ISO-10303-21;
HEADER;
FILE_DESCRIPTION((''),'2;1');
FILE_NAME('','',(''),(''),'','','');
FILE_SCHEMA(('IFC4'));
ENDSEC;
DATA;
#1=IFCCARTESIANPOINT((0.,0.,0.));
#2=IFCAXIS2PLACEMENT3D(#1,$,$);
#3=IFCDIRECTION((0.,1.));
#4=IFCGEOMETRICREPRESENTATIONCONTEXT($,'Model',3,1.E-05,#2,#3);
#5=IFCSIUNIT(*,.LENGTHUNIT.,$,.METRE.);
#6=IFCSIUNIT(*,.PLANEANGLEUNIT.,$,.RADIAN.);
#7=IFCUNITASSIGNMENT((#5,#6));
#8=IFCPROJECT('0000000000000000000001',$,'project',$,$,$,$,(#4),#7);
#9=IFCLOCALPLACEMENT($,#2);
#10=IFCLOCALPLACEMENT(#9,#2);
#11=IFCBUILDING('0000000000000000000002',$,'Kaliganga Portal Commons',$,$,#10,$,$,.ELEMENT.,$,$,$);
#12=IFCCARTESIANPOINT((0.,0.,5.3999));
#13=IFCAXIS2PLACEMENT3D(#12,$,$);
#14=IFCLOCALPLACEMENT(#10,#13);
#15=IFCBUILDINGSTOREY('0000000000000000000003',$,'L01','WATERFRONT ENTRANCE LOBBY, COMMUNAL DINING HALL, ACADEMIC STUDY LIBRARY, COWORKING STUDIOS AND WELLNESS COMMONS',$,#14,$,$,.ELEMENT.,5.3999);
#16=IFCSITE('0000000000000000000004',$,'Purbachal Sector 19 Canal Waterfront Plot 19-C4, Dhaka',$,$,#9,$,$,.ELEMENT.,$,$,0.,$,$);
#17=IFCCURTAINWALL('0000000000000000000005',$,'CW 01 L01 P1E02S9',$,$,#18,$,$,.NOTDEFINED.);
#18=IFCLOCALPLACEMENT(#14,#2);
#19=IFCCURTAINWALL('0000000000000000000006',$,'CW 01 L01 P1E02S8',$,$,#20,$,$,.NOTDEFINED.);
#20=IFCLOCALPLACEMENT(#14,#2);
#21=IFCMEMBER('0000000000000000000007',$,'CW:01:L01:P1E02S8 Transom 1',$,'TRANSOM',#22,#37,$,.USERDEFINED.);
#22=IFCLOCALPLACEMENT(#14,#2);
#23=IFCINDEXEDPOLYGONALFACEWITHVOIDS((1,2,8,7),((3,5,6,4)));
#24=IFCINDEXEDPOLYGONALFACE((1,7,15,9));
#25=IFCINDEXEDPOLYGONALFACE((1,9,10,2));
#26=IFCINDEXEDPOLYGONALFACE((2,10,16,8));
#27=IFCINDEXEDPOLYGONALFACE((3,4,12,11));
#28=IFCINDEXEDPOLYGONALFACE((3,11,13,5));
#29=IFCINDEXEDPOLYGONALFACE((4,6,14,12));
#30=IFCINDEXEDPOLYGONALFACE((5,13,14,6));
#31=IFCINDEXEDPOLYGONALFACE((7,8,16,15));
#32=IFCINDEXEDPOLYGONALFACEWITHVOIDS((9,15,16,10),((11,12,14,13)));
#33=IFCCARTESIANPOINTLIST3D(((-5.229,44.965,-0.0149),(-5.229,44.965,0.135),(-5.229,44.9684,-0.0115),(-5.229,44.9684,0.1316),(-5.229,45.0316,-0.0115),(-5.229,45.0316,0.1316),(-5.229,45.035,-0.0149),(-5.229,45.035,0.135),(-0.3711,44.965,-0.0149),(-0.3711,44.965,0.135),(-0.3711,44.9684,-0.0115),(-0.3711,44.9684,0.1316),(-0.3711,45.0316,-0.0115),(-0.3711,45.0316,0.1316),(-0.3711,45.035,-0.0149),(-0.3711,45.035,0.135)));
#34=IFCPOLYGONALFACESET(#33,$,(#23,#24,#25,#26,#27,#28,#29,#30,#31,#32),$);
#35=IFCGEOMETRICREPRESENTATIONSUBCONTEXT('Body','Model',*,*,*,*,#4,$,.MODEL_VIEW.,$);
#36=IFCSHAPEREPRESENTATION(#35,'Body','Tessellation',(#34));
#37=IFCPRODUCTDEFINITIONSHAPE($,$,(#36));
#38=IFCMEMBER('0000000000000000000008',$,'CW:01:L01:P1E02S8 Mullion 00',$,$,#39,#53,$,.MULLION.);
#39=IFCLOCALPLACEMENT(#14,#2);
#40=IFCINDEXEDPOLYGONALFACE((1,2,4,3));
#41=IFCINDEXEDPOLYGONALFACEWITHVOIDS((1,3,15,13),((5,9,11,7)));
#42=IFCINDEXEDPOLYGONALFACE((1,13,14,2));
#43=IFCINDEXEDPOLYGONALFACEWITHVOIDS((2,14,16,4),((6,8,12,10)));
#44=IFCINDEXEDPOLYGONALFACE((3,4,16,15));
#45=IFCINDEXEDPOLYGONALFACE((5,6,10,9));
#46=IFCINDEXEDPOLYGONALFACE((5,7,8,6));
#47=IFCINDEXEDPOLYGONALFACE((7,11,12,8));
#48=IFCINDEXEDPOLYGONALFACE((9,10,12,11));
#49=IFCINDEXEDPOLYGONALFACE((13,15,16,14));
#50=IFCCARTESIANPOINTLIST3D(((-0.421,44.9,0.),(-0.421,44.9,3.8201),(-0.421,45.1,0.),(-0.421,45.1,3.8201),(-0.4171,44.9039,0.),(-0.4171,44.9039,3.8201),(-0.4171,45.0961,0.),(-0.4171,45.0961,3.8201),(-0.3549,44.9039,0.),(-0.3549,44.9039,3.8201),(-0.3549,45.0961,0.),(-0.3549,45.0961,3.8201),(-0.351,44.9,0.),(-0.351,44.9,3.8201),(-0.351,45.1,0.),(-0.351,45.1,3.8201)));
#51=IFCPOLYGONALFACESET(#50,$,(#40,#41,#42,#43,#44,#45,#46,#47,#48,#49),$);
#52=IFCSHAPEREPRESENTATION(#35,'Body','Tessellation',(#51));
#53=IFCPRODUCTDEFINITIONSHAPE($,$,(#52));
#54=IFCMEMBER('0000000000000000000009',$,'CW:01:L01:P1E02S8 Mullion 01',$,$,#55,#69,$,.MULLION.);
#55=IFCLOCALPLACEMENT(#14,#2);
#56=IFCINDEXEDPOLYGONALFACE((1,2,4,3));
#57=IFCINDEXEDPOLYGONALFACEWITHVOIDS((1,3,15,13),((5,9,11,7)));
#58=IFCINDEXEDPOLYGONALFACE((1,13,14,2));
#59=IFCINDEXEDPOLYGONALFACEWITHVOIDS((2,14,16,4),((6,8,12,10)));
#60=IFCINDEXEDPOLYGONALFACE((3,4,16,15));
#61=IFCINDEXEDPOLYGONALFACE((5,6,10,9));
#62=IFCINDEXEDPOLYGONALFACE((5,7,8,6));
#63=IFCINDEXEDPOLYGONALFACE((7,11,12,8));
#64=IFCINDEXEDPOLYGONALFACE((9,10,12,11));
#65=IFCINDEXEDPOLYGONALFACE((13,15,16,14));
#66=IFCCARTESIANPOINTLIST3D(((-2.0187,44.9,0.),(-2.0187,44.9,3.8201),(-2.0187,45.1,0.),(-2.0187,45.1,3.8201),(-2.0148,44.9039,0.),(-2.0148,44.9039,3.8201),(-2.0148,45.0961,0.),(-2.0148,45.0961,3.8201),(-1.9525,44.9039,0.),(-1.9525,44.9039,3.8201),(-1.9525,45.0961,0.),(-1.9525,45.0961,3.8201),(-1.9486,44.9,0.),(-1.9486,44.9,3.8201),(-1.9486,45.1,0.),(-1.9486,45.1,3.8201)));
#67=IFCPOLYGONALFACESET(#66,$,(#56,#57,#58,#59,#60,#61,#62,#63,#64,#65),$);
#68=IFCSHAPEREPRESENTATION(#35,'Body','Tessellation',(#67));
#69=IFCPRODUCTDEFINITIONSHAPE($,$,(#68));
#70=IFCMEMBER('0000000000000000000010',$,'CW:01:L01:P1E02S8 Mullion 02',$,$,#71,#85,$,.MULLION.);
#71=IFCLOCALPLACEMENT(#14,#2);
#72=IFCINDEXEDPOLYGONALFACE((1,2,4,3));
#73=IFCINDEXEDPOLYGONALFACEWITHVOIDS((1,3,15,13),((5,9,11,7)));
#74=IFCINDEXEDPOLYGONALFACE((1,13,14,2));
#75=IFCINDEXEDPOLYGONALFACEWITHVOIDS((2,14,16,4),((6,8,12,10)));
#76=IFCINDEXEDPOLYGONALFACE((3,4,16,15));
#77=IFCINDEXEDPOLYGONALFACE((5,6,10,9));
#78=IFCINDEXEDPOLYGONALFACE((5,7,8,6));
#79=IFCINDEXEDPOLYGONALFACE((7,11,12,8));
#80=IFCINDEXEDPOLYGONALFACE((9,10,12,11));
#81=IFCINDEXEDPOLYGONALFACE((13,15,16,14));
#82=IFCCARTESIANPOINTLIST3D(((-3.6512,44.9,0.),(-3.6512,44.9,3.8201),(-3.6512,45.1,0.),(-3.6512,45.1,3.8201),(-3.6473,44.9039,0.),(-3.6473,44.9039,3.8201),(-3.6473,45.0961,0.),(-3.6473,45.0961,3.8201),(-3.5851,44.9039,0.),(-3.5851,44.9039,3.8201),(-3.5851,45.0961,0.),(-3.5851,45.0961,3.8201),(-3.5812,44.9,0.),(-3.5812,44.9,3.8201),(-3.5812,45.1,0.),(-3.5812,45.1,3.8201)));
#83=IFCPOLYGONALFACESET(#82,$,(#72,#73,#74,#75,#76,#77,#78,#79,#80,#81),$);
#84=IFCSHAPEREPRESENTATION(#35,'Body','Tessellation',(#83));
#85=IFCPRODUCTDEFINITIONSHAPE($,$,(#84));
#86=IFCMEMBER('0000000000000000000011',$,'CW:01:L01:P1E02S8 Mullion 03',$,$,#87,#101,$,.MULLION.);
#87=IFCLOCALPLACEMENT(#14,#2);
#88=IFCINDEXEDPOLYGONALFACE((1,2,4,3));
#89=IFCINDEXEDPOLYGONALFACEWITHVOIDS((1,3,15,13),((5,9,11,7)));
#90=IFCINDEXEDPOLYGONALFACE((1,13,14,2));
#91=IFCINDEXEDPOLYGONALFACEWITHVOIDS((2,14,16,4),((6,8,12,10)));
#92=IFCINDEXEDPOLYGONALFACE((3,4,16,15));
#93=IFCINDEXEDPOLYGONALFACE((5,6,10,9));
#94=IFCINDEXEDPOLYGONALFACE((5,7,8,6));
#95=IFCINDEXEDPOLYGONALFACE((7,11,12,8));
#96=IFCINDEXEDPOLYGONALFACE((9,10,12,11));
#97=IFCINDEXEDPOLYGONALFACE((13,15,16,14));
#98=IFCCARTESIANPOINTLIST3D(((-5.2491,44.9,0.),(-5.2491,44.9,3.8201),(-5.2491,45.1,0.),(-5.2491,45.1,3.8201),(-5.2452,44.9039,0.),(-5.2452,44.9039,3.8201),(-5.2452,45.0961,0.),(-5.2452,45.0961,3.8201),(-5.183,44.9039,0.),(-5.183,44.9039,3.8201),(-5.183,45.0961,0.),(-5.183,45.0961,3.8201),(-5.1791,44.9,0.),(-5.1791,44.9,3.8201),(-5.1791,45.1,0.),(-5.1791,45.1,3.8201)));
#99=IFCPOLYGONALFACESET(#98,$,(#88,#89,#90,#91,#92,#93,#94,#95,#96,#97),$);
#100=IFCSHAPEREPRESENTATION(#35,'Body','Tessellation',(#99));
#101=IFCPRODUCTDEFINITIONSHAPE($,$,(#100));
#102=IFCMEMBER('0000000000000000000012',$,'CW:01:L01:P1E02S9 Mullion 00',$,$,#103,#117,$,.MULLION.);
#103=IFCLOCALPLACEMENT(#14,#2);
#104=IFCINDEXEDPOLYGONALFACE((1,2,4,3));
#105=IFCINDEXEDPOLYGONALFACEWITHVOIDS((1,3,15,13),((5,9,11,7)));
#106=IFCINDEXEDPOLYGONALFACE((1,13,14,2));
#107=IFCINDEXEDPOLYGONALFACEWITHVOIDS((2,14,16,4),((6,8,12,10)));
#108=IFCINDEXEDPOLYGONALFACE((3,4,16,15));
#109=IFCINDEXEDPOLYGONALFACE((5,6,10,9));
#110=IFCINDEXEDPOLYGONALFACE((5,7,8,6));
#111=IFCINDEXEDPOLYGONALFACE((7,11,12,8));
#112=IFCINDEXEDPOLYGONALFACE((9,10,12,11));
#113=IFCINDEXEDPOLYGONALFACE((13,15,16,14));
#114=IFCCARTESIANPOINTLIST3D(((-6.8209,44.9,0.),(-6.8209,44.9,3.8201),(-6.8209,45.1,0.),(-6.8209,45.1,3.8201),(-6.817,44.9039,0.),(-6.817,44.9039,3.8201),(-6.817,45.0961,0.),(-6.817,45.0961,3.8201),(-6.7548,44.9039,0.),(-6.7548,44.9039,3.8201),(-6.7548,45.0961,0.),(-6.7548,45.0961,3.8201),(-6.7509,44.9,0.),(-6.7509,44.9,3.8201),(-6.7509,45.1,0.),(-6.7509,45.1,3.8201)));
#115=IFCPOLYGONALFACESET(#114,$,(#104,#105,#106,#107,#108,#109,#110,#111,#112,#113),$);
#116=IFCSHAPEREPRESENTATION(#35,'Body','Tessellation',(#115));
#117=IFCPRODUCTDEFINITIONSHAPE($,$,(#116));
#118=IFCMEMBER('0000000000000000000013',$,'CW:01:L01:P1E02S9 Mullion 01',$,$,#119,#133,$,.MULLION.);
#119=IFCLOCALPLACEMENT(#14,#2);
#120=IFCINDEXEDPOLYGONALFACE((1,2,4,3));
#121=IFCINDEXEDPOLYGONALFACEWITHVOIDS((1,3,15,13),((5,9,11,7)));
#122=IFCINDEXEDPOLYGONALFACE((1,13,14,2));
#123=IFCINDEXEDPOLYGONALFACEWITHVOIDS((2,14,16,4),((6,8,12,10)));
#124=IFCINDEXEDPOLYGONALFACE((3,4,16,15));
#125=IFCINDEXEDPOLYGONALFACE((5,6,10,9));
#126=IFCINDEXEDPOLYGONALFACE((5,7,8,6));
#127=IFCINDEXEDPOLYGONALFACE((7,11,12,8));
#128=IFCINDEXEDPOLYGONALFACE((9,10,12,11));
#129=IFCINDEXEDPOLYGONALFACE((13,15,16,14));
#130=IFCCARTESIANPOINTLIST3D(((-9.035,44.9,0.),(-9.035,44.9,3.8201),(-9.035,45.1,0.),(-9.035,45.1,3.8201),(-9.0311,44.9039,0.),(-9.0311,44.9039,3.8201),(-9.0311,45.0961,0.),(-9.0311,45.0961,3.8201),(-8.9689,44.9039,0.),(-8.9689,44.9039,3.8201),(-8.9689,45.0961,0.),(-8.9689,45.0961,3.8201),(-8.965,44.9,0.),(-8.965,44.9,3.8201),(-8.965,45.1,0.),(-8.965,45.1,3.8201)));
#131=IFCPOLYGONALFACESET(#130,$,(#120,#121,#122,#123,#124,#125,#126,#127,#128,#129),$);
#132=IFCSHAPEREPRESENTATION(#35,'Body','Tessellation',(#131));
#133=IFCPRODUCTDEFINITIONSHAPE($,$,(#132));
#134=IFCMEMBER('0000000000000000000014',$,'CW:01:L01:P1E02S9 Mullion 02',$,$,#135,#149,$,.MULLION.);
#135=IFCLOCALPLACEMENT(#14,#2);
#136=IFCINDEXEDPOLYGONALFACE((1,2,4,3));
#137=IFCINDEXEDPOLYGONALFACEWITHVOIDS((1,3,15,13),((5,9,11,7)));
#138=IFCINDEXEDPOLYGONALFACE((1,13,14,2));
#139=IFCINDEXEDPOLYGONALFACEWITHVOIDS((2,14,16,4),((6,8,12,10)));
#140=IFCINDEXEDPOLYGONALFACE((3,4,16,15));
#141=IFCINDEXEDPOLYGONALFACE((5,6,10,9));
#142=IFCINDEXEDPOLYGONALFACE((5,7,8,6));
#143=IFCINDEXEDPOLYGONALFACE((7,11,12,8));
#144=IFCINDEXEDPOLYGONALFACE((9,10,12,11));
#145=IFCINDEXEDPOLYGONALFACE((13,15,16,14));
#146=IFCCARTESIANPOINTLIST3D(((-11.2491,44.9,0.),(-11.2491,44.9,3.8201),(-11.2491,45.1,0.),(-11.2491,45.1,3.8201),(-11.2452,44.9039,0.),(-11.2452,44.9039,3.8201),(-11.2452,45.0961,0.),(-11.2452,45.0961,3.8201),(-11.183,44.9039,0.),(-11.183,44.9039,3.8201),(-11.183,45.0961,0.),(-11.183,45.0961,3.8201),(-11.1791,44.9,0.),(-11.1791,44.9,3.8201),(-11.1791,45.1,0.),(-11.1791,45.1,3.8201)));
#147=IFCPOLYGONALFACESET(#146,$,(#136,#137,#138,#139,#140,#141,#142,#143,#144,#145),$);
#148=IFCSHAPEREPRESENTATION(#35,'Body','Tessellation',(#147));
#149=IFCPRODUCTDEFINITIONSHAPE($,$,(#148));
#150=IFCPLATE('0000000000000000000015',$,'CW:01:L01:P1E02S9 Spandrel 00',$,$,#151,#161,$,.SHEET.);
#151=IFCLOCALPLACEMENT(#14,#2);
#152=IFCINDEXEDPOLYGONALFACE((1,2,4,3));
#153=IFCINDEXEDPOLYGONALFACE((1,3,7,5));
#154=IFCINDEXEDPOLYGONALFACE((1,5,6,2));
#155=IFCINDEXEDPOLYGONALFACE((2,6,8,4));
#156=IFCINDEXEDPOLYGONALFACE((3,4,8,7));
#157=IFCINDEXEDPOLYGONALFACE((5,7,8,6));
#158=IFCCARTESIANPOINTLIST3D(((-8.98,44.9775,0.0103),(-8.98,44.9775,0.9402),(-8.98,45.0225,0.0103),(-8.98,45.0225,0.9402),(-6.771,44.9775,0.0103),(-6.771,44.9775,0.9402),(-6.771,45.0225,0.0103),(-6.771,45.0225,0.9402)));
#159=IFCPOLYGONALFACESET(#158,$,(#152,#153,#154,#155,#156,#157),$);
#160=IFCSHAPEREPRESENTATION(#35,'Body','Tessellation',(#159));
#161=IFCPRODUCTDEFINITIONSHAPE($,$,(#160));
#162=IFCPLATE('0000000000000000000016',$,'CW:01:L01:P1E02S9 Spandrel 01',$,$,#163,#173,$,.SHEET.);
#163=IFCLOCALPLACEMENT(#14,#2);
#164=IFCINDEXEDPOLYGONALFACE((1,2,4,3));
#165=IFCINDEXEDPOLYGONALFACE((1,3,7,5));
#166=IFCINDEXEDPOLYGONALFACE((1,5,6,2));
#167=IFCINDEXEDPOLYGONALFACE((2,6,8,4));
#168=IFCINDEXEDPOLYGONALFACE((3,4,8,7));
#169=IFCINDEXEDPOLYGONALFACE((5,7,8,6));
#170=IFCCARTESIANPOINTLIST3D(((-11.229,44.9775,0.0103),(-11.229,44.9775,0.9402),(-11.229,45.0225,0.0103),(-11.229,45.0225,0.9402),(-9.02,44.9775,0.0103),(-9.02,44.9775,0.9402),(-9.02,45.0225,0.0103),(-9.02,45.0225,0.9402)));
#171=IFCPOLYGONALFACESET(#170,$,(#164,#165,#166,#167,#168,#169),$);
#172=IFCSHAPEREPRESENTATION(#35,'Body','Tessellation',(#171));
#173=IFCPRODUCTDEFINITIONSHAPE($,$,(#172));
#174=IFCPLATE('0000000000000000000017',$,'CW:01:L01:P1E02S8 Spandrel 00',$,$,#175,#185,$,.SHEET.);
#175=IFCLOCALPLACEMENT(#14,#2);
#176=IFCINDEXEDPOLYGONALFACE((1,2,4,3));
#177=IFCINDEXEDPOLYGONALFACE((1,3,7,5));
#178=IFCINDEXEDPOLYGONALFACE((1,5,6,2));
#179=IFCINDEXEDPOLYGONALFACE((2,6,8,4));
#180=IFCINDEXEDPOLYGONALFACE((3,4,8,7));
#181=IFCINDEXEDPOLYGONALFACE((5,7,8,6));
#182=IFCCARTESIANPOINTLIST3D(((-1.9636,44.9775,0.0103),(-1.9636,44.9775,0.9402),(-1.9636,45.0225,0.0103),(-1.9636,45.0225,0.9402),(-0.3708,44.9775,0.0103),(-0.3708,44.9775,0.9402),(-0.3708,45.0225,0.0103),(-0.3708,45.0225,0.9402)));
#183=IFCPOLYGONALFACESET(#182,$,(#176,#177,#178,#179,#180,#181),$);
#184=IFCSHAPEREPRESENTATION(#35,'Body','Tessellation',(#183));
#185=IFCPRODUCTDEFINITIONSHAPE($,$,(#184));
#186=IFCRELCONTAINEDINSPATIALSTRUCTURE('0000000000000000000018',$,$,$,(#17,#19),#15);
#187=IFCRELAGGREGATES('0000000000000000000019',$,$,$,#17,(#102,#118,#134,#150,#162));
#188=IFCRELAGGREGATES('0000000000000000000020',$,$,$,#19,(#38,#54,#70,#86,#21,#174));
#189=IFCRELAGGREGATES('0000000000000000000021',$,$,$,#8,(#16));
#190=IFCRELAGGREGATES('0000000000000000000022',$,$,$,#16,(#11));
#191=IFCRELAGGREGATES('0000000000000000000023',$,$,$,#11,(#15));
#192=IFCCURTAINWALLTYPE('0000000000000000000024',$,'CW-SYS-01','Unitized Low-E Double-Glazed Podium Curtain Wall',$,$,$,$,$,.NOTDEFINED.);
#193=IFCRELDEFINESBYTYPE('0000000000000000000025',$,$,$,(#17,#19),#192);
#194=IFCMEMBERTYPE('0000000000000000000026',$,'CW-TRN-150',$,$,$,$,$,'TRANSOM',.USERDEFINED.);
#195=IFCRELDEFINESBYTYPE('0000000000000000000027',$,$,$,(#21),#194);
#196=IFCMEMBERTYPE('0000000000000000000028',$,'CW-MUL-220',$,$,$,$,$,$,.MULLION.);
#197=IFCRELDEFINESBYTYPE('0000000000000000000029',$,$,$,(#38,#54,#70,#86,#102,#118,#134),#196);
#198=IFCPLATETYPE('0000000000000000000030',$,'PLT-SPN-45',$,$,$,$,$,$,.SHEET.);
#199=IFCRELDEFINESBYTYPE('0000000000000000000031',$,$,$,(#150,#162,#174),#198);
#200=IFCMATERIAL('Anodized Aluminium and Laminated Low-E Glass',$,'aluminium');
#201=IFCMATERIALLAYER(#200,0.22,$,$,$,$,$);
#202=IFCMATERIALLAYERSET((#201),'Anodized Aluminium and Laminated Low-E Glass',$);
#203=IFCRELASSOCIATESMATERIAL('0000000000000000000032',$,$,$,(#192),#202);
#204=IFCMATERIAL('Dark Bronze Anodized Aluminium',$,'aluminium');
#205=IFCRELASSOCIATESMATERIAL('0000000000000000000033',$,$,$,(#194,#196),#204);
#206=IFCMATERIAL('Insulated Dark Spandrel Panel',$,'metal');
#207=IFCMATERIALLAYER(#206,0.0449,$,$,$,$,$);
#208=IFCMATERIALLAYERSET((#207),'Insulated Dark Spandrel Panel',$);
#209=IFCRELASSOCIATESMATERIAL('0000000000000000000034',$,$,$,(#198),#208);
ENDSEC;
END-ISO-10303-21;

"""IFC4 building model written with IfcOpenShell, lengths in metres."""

from ifc_helpers import new_model, si_unit, direction, frame, origin, origin_2d, place, context, subcontext, project, spatial, rectangle, hollow_rectangle, extrude, source, transform, mapped, material, layer, layer_set, material_profile, profile_set, type_object, element, aggregate, save


model = new_model("IFC4")

# Units and contexts
model_context = context("Model", 3, precision=1e-05, world=origin(), true_north=direction((0.0, 1.0)))
body_context = subcontext(model_context, "Body", "Model", "MODEL_VIEW")
ifc_project = project(units=[si_unit("LENGTHUNIT", "METRE"), si_unit("PLANEANGLEUNIT", "RADIAN")], contexts=[model_context])

# Site, building, storey
site_placement = place(None, origin())
site = spatial("IfcSite", under=ifc_project, at=site_placement, Name="Purbachal Sector 19 Canal Waterfront Plot 19-C4, Dhaka", CompositionType="ELEMENT", RefElevation=0.0)
building_placement = place(site_placement, origin())
building = spatial("IfcBuilding", under=site, at=building_placement, Name="Kaliganga Portal Commons", CompositionType="ELEMENT")
storey_placement = place(building_placement, frame((0.0, 0.0, 5.3999)))
storey = spatial("IfcBuildingStorey", under=building, at=storey_placement, Name="L01", Description="WATERFRONT ENTRANCE LOBBY, COMMUNAL DINING HALL, ACADEMIC STUDY LIBRARY, COWORKING STUDIOS AND WELLNESS COMMONS", CompositionType="ELEMENT", Elevation=5.3999)

# Curtain walls, members
ifc_material_1 = material(Name="Anodized Aluminium and Laminated Low-E Glass", Category="aluminium")
ifc_layer_1 = layer(ifc_material_1, 0.22)
ifc_layer_set_1 = layer_set([ifc_layer_1], Name="Anodized Aluminium and Laminated Low-E Glass")
curtain_wall_type = type_object("IfcCurtainWallType", Name="CW-SYS-01", Description="Unitized Low-E Double-Glazed Podium Curtain Wall", PredefinedType="NOTDEFINED", material=ifc_layer_set_1)
curtain_wall_1_placement = place(storey_placement, origin())
curtain_wall_1 = element("IfcCurtainWall", 1, at=curtain_wall_1_placement, inside=storey, type_object=curtain_wall_type, Name="CW 01 L01 P1E02S9", PredefinedType="NOTDEFINED")
ifc_material_2 = material(Name="Dark Bronze Anodized Aluminium", Category="aluminium")
ifc_material_profile_1 = material_profile(ifc_material_2, hollow_rectangle(XDim=0.0701, YDim=0.1499, WallThickness=0.0034, at=origin_2d()), Name="ALU TRAN 70x150x3.5")
ifc_profile_set_1 = profile_set([ifc_material_profile_1], Name="Dark Bronze Anodized Aluminium")
member_type_1 = type_object("IfcMemberType", Name="CW-TRN-150", ElementType="TRANSOM", PredefinedType="USERDEFINED", material=ifc_profile_set_1)
curtain_wall_2_placement = place(storey_placement, origin())
curtain_wall_2 = element("IfcCurtainWall", 2, at=curtain_wall_2_placement, inside=storey, type_object=curtain_wall_type, Name="CW 01 L01 P1E02S8", PredefinedType="NOTDEFINED")
shared_shape_1 = source(origin(), body_context, "Body", "SweptSolid", [
    extrude(hollow_rectangle(XDim=0.0701, YDim=0.1499, WallThickness=0.0034, at=origin_2d()), origin(), (0.0, 0.0, 1.0), 4.8579),
])
member_1_placement = place(storey_placement, frame((-0.3711, 45.0, 0.0601), z_axis=(-1.0, 0.0, 0.0), x_axis=(0.0, -1.0, 0.0)))
member_1 = element("IfcMember", 3, at=member_1_placement, type_object=member_type_1, Name="CW:01:L01:P1E02S8 Transom 1", ObjectType="TRANSOM", PredefinedType="USERDEFINED", context=body_context, shape_type="MappedRepresentation", body=[
    mapped(shared_shape_1, transform((0.0, 0.0, 0.0), x_axis=(1.0, 0.0, 0.0), y_axis=(0.0, 1.0, 0.0), z_axis=(0.0, 0.0, 1.0), scale=1.0)),
])
ifc_material_profile_2 = material_profile(ifc_material_2, hollow_rectangle(XDim=0.0701, YDim=0.2, WallThickness=0.0039, at=origin_2d()), Name="ALU MULL 70x200x4")
ifc_profile_set_2 = profile_set([ifc_material_profile_2], Name="Dark Bronze Anodized Aluminium")
member_type_2 = type_object("IfcMemberType", Name="CW-MUL-220", PredefinedType="MULLION", material=ifc_profile_set_2)
shared_shape_2 = source(origin(), body_context, "Body", "SweptSolid", [
    extrude(hollow_rectangle(XDim=0.0701, YDim=0.2, WallThickness=0.0039, at=origin_2d()), origin(), (0.0, 0.0, 1.0), 3.8201),
])
member_2_placement = place(storey_placement, frame((-0.386, 45.0, 0.0), z_axis=(0.0, 0.0, 1.0), x_axis=(-1.0, 0.0, 0.0)))
member_2 = element("IfcMember", 4, at=member_2_placement, type_object=member_type_2, Name="CW:01:L01:P1E02S8 Mullion 00", PredefinedType="MULLION", context=body_context, shape_type="MappedRepresentation", body=[
    mapped(shared_shape_2, transform((0.0, 0.0, 0.0), x_axis=(1.0, 0.0, 0.0), y_axis=(0.0, 1.0, 0.0), z_axis=(0.0, 0.0, 1.0), scale=1.0)),
])
member_3_placement = place(storey_placement, frame((-1.9836, 45.0, 0.0), z_axis=(0.0, 0.0, 1.0), x_axis=(-1.0, 0.0, 0.0)))
member_3 = element("IfcMember", 5, at=member_3_placement, type_object=member_type_2, Name="CW:01:L01:P1E02S8 Mullion 01", PredefinedType="MULLION", context=body_context, shape_type="MappedRepresentation", body=[
    mapped(shared_shape_2, transform((0.0, 0.0, 0.0), x_axis=(1.0, 0.0, 0.0), y_axis=(0.0, 1.0, 0.0), z_axis=(0.0, 0.0, 1.0), scale=1.0)),
])
member_4_placement = place(storey_placement, frame((-3.6162, 45.0, 0.0), z_axis=(0.0, 0.0, 1.0), x_axis=(-1.0, 0.0, 0.0)))
member_4 = element("IfcMember", 6, at=member_4_placement, type_object=member_type_2, Name="CW:01:L01:P1E02S8 Mullion 02", PredefinedType="MULLION", context=body_context, shape_type="MappedRepresentation", body=[
    mapped(shared_shape_2, transform((0.0, 0.0, 0.0), x_axis=(1.0, 0.0, 0.0), y_axis=(0.0, 1.0, 0.0), z_axis=(0.0, 0.0, 1.0), scale=1.0)),
])
member_5_placement = place(storey_placement, frame((-5.2141, 45.0, 0.0), z_axis=(0.0, 0.0, 1.0), x_axis=(-1.0, 0.0, 0.0)))
member_5 = element("IfcMember", 7, at=member_5_placement, type_object=member_type_2, Name="CW:01:L01:P1E02S8 Mullion 03", PredefinedType="MULLION", context=body_context, shape_type="MappedRepresentation", body=[
    mapped(shared_shape_2, transform((0.0, 0.0, 0.0), x_axis=(1.0, 0.0, 0.0), y_axis=(0.0, 1.0, 0.0), z_axis=(0.0, 0.0, 1.0), scale=1.0)),
])

# Members
member_6_placement = place(storey_placement, frame((-6.7859, 45.0, 0.0), z_axis=(0.0, 0.0, 1.0), x_axis=(-1.0, 0.0, 0.0)))
member_6 = element("IfcMember", 8, at=member_6_placement, type_object=member_type_2, Name="CW:01:L01:P1E02S9 Mullion 00", PredefinedType="MULLION", context=body_context, shape_type="MappedRepresentation", body=[
    mapped(shared_shape_2, transform((0.0, 0.0, 0.0), x_axis=(1.0, 0.0, 0.0), y_axis=(0.0, 1.0, 0.0), z_axis=(0.0, 0.0, 1.0), scale=1.0)),
])
member_7_placement = place(storey_placement, frame((-9.0, 45.0, 0.0), z_axis=(0.0, 0.0, 1.0), x_axis=(-1.0, 0.0, 0.0)))
member_7 = element("IfcMember", 9, at=member_7_placement, type_object=member_type_2, Name="CW:01:L01:P1E02S9 Mullion 01", PredefinedType="MULLION", context=body_context, shape_type="MappedRepresentation", body=[
    mapped(shared_shape_2, transform((0.0, 0.0, 0.0), x_axis=(1.0, 0.0, 0.0), y_axis=(0.0, 1.0, 0.0), z_axis=(0.0, 0.0, 1.0), scale=1.0)),
])
member_8_placement = place(storey_placement, frame((-11.2141, 45.0, 0.0), z_axis=(0.0, 0.0, 1.0), x_axis=(-1.0, 0.0, 0.0)))
member_8 = element("IfcMember", 10, at=member_8_placement, type_object=member_type_2, Name="CW:01:L01:P1E02S9 Mullion 02", PredefinedType="MULLION", context=body_context, shape_type="MappedRepresentation", body=[
    mapped(shared_shape_2, transform((0.0, 0.0, 0.0), x_axis=(1.0, 0.0, 0.0), y_axis=(0.0, 1.0, 0.0), z_axis=(0.0, 0.0, 1.0), scale=1.0)),
])

# Plates
ifc_material_3 = material(Name="Insulated Dark Spandrel Panel", Category="metal")
ifc_layer_2 = layer(ifc_material_3, 0.0449)
ifc_layer_set_2 = layer_set([ifc_layer_2], Name="Insulated Dark Spandrel Panel")
plate_type_1 = type_object("IfcPlateType", Name="PLT-SPN-45", PredefinedType="SHEET", material=ifc_layer_set_2)
shared_shape_3 = source(origin(), body_context, "Body", "SweptSolid", [
    extrude(rectangle(XDim=2.209, YDim=0.0449, at=origin_2d()), origin(), (0.0, 0.0, 1.0), 0.9299),
])
plate_1_placement = place(storey_placement, frame((-7.8755, 45.0, 0.0103), z_axis=(0.0, 0.0, 1.0), x_axis=(-1.0, 0.0, 0.0)))
plate_1 = element("IfcPlate", 11, at=plate_1_placement, type_object=plate_type_1, Name="CW:01:L01:P1E02S9 Spandrel 00", PredefinedType="SHEET", context=body_context, shape_type="MappedRepresentation", body=[
    mapped(shared_shape_3, transform((0.0, 0.0, 0.0), x_axis=(1.0, 0.0, 0.0), y_axis=(0.0, 1.0, 0.0), z_axis=(0.0, 0.0, 1.0), scale=1.0)),
])
plate_2_placement = place(storey_placement, frame((-10.1245, 45.0, 0.0103), z_axis=(0.0, 0.0, 1.0), x_axis=(-1.0, 0.0, 0.0)))
plate_2 = element("IfcPlate", 12, at=plate_2_placement, type_object=plate_type_1, Name="CW:01:L01:P1E02S9 Spandrel 01", PredefinedType="SHEET", context=body_context, shape_type="MappedRepresentation", body=[
    mapped(shared_shape_3, transform((0.0, 0.0, 0.0), x_axis=(1.0, 0.0, 0.0), y_axis=(0.0, 1.0, 0.0), z_axis=(0.0, 0.0, 1.0), scale=1.0)),
])
shared_shape_4 = source(origin(), body_context, "Body", "SweptSolid", [
    extrude(rectangle(XDim=1.5928, YDim=0.0449, at=origin_2d()), origin(), (0.0, 0.0, 1.0), 0.9299),
])
plate_3_placement = place(storey_placement, frame((-1.1672, 45.0, 0.0103), z_axis=(0.0, 0.0, 1.0), x_axis=(-1.0, 0.0, 0.0)))
plate_3 = element("IfcPlate", 13, at=plate_3_placement, type_object=plate_type_1, Name="CW:01:L01:P1E02S8 Spandrel 00", PredefinedType="SHEET", context=body_context, shape_type="MappedRepresentation", body=[
    mapped(shared_shape_4, transform((0.0, 0.0, 0.0), x_axis=(1.0, 0.0, 0.0), y_axis=(0.0, 1.0, 0.0), z_axis=(0.0, 0.0, 1.0), scale=1.0)),
])
aggregate(curtain_wall_1, [member_6, member_7, member_8, plate_1, plate_2])
aggregate(curtain_wall_2, [member_2, member_3, member_4, member_5, member_1, plate_3])

save(model, "model.ifc")
